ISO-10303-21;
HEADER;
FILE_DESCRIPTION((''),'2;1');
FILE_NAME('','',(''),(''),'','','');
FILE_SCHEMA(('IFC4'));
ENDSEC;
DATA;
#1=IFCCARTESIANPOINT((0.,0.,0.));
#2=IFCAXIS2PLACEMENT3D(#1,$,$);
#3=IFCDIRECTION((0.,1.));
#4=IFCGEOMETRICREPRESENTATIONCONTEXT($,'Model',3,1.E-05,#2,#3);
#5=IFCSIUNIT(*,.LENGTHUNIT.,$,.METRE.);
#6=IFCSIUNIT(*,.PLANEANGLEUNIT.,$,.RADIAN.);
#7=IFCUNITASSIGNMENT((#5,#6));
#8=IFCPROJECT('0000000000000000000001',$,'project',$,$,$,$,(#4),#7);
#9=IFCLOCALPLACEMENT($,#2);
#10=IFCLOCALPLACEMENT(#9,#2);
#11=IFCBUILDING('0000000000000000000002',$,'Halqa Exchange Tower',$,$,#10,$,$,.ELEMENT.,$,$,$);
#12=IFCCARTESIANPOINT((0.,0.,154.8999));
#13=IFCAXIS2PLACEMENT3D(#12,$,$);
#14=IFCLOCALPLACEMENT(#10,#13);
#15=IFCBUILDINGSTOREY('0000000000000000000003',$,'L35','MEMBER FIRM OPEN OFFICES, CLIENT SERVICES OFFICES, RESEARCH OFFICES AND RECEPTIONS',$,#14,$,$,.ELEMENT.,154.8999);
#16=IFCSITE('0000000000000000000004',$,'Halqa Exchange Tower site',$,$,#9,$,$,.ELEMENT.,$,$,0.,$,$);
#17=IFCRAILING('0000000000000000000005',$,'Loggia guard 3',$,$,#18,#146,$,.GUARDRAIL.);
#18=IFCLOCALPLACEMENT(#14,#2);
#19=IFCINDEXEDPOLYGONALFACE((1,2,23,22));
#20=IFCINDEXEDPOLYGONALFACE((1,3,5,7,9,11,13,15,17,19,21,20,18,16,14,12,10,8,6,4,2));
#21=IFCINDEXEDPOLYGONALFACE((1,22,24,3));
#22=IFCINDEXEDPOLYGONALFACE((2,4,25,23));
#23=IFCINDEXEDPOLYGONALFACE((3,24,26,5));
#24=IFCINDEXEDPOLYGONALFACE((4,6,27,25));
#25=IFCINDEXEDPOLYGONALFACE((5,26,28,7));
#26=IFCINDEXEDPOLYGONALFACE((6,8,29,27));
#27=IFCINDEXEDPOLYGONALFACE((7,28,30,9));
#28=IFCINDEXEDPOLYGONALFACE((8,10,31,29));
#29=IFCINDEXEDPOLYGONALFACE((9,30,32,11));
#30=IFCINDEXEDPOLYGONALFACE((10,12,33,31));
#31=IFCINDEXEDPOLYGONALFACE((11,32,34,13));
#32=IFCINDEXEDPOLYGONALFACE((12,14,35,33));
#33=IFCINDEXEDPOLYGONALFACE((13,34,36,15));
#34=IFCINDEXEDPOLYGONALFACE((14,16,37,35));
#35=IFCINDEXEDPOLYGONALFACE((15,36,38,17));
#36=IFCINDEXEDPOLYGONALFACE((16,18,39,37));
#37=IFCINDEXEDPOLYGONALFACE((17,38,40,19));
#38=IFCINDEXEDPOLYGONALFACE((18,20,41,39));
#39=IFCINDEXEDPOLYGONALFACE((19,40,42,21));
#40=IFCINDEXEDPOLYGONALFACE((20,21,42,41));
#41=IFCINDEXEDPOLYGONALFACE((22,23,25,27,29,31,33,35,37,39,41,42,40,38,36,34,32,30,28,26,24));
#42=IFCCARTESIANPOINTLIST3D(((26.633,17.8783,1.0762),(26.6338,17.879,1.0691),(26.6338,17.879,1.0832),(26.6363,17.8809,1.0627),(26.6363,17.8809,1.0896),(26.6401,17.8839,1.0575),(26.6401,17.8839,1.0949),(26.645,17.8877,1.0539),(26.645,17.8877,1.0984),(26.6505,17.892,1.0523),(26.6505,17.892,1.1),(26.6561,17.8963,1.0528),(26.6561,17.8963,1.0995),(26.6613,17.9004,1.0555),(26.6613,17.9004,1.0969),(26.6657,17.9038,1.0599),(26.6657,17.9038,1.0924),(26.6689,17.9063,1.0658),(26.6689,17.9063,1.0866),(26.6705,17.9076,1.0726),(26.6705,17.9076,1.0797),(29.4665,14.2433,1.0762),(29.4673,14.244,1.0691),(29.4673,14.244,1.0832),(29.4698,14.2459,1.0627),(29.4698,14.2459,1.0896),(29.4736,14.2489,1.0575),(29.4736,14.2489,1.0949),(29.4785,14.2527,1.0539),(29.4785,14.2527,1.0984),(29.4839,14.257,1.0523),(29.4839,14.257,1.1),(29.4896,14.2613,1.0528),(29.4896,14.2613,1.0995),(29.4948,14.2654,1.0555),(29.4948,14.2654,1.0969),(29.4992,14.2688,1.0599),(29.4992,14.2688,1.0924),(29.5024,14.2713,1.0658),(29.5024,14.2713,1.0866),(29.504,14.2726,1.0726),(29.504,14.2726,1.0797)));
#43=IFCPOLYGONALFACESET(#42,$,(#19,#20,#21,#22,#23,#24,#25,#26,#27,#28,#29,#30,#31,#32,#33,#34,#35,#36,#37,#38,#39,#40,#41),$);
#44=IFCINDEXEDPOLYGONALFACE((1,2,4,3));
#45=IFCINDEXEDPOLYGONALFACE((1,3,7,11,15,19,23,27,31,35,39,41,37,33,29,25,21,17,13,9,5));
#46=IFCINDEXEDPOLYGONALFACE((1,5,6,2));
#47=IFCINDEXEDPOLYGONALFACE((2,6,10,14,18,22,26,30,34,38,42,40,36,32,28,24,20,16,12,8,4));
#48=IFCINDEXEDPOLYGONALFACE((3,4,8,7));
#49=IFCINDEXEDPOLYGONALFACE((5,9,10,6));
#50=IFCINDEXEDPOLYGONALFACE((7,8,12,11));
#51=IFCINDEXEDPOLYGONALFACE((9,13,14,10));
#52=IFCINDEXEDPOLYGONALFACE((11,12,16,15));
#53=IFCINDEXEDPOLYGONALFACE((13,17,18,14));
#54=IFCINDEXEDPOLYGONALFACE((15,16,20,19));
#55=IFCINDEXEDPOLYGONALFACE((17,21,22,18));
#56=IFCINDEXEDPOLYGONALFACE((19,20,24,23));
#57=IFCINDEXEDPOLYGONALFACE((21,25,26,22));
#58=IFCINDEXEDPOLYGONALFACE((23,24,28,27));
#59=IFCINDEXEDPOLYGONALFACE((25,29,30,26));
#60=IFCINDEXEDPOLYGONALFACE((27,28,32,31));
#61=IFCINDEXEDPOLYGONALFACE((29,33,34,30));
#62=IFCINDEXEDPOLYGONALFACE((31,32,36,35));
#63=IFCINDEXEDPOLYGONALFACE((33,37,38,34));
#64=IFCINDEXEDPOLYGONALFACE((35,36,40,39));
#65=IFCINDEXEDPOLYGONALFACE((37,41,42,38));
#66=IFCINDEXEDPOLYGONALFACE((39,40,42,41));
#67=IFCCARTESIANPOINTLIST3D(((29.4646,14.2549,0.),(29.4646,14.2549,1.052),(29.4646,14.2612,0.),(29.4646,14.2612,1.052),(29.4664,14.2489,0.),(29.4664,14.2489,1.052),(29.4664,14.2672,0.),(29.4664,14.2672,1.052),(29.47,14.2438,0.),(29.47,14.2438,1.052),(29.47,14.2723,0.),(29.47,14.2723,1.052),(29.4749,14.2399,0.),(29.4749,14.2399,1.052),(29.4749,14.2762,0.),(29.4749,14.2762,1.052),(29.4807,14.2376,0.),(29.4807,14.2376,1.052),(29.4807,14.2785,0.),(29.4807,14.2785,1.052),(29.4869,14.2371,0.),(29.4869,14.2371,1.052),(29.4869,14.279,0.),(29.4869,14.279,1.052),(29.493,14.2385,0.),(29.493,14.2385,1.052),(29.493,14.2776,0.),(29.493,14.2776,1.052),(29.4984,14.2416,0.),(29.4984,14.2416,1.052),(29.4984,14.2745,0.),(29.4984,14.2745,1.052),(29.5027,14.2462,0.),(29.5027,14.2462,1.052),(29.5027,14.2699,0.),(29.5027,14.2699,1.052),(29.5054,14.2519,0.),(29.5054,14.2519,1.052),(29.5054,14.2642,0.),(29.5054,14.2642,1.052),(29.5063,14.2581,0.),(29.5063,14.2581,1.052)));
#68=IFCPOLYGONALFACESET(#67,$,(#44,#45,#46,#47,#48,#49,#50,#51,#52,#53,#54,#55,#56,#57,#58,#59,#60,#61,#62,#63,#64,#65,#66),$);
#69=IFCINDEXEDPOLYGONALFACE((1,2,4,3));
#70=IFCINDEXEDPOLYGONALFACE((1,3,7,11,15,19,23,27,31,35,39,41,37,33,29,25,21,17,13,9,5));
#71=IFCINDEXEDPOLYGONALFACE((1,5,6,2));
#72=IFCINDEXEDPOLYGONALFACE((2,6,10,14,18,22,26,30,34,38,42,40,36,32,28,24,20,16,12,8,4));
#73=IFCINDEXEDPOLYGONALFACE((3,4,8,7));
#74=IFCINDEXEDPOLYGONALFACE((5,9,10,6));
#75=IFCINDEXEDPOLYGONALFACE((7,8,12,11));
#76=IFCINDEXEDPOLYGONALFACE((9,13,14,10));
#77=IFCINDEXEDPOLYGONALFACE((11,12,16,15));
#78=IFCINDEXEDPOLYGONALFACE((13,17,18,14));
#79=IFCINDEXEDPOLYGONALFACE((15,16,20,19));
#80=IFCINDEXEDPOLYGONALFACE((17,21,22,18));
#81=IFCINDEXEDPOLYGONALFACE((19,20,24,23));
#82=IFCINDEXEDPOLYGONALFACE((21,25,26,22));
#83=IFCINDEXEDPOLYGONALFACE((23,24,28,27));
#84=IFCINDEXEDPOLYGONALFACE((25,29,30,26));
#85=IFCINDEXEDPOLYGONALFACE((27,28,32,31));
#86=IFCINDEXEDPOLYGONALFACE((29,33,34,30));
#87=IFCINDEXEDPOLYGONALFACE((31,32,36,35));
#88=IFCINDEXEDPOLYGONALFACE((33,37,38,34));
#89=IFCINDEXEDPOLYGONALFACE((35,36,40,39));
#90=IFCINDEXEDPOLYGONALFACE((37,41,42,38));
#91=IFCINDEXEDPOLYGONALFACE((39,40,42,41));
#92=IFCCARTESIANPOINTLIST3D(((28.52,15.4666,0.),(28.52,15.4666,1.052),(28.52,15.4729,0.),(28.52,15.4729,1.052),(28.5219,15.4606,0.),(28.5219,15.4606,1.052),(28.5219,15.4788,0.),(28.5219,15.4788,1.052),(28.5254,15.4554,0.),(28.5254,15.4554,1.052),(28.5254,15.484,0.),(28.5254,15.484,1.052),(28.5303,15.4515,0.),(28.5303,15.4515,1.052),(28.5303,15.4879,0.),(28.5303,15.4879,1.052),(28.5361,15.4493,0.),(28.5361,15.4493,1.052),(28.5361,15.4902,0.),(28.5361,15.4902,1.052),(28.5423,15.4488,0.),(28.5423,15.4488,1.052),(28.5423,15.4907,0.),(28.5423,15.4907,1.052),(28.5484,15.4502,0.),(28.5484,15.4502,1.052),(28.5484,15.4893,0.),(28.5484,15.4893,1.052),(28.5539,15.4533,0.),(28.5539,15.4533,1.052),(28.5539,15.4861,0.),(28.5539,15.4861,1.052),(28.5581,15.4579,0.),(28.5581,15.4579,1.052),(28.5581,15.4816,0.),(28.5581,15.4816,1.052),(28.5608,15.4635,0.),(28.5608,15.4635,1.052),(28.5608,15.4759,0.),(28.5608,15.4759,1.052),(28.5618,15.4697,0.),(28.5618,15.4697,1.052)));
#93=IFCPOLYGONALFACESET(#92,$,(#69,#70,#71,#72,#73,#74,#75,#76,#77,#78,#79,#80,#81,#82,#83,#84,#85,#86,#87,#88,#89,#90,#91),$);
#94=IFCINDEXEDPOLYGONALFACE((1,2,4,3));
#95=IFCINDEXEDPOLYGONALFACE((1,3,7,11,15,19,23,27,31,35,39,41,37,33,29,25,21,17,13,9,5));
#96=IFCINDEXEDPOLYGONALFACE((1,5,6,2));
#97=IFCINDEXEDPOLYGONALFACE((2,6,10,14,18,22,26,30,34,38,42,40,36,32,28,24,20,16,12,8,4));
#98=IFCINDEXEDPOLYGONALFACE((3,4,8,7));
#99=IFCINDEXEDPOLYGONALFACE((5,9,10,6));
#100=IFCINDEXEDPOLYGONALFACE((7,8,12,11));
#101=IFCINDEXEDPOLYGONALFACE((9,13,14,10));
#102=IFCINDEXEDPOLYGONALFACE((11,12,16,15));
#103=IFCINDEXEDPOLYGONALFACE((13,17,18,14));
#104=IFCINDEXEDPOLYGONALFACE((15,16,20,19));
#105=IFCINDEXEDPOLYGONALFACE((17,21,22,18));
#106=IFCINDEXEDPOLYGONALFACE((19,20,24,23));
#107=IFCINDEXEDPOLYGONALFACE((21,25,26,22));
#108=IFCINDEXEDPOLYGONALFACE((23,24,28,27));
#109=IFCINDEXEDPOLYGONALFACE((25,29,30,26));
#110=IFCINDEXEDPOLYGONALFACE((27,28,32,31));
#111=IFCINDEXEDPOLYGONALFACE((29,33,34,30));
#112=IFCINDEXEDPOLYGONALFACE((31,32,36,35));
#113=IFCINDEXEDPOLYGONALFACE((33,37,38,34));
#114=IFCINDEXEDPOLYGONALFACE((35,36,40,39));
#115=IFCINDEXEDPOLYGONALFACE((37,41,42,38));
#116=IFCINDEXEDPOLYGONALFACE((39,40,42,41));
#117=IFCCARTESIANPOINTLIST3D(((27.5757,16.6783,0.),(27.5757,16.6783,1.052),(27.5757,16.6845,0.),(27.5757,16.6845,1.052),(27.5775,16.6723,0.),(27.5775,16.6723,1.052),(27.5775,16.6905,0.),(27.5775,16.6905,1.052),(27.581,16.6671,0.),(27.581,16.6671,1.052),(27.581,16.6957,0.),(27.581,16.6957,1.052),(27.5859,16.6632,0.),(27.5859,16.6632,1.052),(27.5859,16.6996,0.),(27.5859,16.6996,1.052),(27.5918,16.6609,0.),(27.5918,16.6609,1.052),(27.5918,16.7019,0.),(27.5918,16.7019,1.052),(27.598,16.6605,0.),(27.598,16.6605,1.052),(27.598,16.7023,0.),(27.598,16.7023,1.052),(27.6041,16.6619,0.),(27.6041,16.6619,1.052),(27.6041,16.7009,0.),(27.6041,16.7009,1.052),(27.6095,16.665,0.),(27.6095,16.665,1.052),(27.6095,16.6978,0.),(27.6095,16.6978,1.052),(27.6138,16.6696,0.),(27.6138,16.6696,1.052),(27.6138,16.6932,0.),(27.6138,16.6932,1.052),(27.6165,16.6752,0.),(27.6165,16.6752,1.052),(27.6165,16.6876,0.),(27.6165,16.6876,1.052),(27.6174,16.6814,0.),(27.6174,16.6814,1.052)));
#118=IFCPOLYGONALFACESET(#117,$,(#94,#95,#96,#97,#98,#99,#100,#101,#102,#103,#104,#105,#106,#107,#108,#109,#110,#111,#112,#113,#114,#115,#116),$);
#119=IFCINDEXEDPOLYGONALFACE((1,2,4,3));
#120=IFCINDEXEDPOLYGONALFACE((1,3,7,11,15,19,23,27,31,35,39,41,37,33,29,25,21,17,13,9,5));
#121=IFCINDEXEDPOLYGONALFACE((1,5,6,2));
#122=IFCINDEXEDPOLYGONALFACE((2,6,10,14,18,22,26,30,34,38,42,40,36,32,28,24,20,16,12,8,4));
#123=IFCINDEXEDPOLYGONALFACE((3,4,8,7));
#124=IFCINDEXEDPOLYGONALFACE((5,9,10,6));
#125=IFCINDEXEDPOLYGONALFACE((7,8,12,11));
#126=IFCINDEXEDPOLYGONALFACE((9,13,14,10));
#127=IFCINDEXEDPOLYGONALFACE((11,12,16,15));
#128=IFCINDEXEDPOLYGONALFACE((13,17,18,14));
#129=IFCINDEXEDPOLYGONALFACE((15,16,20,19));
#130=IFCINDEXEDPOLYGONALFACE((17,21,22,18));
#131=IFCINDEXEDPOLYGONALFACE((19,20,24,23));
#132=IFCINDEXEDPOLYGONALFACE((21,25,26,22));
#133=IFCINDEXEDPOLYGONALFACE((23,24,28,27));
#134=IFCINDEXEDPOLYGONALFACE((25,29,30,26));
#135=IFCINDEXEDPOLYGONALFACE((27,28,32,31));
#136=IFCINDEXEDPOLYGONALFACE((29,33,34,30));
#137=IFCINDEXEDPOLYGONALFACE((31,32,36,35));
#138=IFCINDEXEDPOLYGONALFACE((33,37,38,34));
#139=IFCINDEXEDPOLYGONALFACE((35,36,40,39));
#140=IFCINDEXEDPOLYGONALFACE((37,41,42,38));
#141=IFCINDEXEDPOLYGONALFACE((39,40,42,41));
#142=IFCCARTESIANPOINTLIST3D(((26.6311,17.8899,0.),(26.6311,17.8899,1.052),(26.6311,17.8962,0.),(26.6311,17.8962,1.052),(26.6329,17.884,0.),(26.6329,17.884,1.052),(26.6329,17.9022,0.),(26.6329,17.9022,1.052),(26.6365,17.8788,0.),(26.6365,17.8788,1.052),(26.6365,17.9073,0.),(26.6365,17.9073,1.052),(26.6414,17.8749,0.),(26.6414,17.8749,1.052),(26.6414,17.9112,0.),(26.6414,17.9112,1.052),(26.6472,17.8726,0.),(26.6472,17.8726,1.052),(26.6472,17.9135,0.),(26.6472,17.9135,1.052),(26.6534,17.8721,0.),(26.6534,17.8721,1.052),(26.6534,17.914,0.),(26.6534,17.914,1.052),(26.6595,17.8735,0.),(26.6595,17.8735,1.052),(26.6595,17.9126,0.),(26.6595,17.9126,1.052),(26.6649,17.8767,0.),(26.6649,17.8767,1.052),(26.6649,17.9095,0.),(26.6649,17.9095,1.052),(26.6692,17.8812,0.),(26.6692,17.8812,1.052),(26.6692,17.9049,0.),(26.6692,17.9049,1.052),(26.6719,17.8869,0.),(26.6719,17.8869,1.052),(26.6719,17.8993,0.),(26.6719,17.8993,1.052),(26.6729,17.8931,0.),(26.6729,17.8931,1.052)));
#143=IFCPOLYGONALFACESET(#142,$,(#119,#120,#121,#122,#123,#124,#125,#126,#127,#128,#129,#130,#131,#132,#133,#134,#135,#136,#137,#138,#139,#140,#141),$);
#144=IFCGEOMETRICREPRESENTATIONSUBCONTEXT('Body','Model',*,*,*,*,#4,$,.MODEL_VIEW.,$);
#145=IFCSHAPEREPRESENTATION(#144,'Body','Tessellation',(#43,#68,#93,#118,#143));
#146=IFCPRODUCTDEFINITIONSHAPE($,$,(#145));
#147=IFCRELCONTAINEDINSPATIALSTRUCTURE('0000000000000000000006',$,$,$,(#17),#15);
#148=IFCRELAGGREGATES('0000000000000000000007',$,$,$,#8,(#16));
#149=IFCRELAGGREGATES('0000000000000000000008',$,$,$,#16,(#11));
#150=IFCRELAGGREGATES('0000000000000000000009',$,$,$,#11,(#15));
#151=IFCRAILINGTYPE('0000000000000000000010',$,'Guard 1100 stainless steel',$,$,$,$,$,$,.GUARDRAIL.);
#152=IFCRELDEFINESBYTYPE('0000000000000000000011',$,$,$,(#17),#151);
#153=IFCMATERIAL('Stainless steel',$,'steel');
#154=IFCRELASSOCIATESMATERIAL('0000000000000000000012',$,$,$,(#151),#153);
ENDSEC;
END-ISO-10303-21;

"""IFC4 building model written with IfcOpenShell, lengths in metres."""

from ifc_helpers import new_model, si_unit, direction, frame, origin, origin_2d, place, context, subcontext, project, spatial, circle, extrude, material, type_object, element, save


model = new_model("IFC4")

# Units and contexts
model_context = context("Model", 3, precision=1e-05, world=origin(), true_north=direction((0.0, 1.0)))
body_context = subcontext(model_context, "Body", "Model", "MODEL_VIEW")
ifc_project = project(units=[si_unit("LENGTHUNIT", "METRE"), si_unit("PLANEANGLEUNIT", "RADIAN")], contexts=[model_context])

# Site, building, storey
site_placement = place(None, origin())
site = spatial("IfcSite", under=ifc_project, at=site_placement, Name="Halqa Exchange Tower site", CompositionType="ELEMENT", RefElevation=0.0)
building_placement = place(site_placement, origin())
building = spatial("IfcBuilding", under=site, at=building_placement, Name="Halqa Exchange Tower", CompositionType="ELEMENT")
storey_placement = place(building_placement, frame((0.0, 0.0, 154.8999)))
storey = spatial("IfcBuildingStorey", under=building, at=storey_placement, Name="L35", Description="MEMBER FIRM OPEN OFFICES, CLIENT SERVICES OFFICES, RESEARCH OFFICES AND RECEPTIONS", CompositionType="ELEMENT", Elevation=154.8999)

# Railing
ifc_material_1 = material(Name="Stainless steel", Category="steel")
railing_type = type_object("IfcRailingType", Name="Guard 1100 stainless steel", PredefinedType="GUARDRAIL", material=ifc_material_1)
railing_1_placement = place(storey_placement, frame((29.4854, 14.2581, 0.0)))
element("IfcRailing", 1, at=railing_1_placement, inside=storey, type_object=railing_type, Name="Loggia guard 3", PredefinedType="GUARDRAIL", context=body_context, shape_type="SweptSolid", body=[
    extrude(circle(Radius=0.0239, at=origin_2d()), frame((0.0, 0.0, 1.0762), z_axis=(-0.614787, 0.788693, 0.0), x_axis=(-0.788693, -0.614787, 0.0)), (0.0, 0.0, 1.0), 4.6089),
    extrude(circle(Radius=0.021, at=origin_2d()), origin(), (0.0, 0.0, 1.0), 1.052),
    extrude(circle(Radius=0.021, at=origin_2d()), frame((-0.9446, 1.2117, 0.0)), (0.0, 0.0, 1.0), 1.052),
    extrude(circle(Radius=0.021, at=origin_2d()), frame((-1.8889, 2.4233, 0.0)), (0.0, 0.0, 1.0), 1.052),
    extrude(circle(Radius=0.021, at=origin_2d()), frame((-2.8335, 3.635, 0.0)), (0.0, 0.0, 1.0), 1.052),
])

save(model, "model.ifc")
